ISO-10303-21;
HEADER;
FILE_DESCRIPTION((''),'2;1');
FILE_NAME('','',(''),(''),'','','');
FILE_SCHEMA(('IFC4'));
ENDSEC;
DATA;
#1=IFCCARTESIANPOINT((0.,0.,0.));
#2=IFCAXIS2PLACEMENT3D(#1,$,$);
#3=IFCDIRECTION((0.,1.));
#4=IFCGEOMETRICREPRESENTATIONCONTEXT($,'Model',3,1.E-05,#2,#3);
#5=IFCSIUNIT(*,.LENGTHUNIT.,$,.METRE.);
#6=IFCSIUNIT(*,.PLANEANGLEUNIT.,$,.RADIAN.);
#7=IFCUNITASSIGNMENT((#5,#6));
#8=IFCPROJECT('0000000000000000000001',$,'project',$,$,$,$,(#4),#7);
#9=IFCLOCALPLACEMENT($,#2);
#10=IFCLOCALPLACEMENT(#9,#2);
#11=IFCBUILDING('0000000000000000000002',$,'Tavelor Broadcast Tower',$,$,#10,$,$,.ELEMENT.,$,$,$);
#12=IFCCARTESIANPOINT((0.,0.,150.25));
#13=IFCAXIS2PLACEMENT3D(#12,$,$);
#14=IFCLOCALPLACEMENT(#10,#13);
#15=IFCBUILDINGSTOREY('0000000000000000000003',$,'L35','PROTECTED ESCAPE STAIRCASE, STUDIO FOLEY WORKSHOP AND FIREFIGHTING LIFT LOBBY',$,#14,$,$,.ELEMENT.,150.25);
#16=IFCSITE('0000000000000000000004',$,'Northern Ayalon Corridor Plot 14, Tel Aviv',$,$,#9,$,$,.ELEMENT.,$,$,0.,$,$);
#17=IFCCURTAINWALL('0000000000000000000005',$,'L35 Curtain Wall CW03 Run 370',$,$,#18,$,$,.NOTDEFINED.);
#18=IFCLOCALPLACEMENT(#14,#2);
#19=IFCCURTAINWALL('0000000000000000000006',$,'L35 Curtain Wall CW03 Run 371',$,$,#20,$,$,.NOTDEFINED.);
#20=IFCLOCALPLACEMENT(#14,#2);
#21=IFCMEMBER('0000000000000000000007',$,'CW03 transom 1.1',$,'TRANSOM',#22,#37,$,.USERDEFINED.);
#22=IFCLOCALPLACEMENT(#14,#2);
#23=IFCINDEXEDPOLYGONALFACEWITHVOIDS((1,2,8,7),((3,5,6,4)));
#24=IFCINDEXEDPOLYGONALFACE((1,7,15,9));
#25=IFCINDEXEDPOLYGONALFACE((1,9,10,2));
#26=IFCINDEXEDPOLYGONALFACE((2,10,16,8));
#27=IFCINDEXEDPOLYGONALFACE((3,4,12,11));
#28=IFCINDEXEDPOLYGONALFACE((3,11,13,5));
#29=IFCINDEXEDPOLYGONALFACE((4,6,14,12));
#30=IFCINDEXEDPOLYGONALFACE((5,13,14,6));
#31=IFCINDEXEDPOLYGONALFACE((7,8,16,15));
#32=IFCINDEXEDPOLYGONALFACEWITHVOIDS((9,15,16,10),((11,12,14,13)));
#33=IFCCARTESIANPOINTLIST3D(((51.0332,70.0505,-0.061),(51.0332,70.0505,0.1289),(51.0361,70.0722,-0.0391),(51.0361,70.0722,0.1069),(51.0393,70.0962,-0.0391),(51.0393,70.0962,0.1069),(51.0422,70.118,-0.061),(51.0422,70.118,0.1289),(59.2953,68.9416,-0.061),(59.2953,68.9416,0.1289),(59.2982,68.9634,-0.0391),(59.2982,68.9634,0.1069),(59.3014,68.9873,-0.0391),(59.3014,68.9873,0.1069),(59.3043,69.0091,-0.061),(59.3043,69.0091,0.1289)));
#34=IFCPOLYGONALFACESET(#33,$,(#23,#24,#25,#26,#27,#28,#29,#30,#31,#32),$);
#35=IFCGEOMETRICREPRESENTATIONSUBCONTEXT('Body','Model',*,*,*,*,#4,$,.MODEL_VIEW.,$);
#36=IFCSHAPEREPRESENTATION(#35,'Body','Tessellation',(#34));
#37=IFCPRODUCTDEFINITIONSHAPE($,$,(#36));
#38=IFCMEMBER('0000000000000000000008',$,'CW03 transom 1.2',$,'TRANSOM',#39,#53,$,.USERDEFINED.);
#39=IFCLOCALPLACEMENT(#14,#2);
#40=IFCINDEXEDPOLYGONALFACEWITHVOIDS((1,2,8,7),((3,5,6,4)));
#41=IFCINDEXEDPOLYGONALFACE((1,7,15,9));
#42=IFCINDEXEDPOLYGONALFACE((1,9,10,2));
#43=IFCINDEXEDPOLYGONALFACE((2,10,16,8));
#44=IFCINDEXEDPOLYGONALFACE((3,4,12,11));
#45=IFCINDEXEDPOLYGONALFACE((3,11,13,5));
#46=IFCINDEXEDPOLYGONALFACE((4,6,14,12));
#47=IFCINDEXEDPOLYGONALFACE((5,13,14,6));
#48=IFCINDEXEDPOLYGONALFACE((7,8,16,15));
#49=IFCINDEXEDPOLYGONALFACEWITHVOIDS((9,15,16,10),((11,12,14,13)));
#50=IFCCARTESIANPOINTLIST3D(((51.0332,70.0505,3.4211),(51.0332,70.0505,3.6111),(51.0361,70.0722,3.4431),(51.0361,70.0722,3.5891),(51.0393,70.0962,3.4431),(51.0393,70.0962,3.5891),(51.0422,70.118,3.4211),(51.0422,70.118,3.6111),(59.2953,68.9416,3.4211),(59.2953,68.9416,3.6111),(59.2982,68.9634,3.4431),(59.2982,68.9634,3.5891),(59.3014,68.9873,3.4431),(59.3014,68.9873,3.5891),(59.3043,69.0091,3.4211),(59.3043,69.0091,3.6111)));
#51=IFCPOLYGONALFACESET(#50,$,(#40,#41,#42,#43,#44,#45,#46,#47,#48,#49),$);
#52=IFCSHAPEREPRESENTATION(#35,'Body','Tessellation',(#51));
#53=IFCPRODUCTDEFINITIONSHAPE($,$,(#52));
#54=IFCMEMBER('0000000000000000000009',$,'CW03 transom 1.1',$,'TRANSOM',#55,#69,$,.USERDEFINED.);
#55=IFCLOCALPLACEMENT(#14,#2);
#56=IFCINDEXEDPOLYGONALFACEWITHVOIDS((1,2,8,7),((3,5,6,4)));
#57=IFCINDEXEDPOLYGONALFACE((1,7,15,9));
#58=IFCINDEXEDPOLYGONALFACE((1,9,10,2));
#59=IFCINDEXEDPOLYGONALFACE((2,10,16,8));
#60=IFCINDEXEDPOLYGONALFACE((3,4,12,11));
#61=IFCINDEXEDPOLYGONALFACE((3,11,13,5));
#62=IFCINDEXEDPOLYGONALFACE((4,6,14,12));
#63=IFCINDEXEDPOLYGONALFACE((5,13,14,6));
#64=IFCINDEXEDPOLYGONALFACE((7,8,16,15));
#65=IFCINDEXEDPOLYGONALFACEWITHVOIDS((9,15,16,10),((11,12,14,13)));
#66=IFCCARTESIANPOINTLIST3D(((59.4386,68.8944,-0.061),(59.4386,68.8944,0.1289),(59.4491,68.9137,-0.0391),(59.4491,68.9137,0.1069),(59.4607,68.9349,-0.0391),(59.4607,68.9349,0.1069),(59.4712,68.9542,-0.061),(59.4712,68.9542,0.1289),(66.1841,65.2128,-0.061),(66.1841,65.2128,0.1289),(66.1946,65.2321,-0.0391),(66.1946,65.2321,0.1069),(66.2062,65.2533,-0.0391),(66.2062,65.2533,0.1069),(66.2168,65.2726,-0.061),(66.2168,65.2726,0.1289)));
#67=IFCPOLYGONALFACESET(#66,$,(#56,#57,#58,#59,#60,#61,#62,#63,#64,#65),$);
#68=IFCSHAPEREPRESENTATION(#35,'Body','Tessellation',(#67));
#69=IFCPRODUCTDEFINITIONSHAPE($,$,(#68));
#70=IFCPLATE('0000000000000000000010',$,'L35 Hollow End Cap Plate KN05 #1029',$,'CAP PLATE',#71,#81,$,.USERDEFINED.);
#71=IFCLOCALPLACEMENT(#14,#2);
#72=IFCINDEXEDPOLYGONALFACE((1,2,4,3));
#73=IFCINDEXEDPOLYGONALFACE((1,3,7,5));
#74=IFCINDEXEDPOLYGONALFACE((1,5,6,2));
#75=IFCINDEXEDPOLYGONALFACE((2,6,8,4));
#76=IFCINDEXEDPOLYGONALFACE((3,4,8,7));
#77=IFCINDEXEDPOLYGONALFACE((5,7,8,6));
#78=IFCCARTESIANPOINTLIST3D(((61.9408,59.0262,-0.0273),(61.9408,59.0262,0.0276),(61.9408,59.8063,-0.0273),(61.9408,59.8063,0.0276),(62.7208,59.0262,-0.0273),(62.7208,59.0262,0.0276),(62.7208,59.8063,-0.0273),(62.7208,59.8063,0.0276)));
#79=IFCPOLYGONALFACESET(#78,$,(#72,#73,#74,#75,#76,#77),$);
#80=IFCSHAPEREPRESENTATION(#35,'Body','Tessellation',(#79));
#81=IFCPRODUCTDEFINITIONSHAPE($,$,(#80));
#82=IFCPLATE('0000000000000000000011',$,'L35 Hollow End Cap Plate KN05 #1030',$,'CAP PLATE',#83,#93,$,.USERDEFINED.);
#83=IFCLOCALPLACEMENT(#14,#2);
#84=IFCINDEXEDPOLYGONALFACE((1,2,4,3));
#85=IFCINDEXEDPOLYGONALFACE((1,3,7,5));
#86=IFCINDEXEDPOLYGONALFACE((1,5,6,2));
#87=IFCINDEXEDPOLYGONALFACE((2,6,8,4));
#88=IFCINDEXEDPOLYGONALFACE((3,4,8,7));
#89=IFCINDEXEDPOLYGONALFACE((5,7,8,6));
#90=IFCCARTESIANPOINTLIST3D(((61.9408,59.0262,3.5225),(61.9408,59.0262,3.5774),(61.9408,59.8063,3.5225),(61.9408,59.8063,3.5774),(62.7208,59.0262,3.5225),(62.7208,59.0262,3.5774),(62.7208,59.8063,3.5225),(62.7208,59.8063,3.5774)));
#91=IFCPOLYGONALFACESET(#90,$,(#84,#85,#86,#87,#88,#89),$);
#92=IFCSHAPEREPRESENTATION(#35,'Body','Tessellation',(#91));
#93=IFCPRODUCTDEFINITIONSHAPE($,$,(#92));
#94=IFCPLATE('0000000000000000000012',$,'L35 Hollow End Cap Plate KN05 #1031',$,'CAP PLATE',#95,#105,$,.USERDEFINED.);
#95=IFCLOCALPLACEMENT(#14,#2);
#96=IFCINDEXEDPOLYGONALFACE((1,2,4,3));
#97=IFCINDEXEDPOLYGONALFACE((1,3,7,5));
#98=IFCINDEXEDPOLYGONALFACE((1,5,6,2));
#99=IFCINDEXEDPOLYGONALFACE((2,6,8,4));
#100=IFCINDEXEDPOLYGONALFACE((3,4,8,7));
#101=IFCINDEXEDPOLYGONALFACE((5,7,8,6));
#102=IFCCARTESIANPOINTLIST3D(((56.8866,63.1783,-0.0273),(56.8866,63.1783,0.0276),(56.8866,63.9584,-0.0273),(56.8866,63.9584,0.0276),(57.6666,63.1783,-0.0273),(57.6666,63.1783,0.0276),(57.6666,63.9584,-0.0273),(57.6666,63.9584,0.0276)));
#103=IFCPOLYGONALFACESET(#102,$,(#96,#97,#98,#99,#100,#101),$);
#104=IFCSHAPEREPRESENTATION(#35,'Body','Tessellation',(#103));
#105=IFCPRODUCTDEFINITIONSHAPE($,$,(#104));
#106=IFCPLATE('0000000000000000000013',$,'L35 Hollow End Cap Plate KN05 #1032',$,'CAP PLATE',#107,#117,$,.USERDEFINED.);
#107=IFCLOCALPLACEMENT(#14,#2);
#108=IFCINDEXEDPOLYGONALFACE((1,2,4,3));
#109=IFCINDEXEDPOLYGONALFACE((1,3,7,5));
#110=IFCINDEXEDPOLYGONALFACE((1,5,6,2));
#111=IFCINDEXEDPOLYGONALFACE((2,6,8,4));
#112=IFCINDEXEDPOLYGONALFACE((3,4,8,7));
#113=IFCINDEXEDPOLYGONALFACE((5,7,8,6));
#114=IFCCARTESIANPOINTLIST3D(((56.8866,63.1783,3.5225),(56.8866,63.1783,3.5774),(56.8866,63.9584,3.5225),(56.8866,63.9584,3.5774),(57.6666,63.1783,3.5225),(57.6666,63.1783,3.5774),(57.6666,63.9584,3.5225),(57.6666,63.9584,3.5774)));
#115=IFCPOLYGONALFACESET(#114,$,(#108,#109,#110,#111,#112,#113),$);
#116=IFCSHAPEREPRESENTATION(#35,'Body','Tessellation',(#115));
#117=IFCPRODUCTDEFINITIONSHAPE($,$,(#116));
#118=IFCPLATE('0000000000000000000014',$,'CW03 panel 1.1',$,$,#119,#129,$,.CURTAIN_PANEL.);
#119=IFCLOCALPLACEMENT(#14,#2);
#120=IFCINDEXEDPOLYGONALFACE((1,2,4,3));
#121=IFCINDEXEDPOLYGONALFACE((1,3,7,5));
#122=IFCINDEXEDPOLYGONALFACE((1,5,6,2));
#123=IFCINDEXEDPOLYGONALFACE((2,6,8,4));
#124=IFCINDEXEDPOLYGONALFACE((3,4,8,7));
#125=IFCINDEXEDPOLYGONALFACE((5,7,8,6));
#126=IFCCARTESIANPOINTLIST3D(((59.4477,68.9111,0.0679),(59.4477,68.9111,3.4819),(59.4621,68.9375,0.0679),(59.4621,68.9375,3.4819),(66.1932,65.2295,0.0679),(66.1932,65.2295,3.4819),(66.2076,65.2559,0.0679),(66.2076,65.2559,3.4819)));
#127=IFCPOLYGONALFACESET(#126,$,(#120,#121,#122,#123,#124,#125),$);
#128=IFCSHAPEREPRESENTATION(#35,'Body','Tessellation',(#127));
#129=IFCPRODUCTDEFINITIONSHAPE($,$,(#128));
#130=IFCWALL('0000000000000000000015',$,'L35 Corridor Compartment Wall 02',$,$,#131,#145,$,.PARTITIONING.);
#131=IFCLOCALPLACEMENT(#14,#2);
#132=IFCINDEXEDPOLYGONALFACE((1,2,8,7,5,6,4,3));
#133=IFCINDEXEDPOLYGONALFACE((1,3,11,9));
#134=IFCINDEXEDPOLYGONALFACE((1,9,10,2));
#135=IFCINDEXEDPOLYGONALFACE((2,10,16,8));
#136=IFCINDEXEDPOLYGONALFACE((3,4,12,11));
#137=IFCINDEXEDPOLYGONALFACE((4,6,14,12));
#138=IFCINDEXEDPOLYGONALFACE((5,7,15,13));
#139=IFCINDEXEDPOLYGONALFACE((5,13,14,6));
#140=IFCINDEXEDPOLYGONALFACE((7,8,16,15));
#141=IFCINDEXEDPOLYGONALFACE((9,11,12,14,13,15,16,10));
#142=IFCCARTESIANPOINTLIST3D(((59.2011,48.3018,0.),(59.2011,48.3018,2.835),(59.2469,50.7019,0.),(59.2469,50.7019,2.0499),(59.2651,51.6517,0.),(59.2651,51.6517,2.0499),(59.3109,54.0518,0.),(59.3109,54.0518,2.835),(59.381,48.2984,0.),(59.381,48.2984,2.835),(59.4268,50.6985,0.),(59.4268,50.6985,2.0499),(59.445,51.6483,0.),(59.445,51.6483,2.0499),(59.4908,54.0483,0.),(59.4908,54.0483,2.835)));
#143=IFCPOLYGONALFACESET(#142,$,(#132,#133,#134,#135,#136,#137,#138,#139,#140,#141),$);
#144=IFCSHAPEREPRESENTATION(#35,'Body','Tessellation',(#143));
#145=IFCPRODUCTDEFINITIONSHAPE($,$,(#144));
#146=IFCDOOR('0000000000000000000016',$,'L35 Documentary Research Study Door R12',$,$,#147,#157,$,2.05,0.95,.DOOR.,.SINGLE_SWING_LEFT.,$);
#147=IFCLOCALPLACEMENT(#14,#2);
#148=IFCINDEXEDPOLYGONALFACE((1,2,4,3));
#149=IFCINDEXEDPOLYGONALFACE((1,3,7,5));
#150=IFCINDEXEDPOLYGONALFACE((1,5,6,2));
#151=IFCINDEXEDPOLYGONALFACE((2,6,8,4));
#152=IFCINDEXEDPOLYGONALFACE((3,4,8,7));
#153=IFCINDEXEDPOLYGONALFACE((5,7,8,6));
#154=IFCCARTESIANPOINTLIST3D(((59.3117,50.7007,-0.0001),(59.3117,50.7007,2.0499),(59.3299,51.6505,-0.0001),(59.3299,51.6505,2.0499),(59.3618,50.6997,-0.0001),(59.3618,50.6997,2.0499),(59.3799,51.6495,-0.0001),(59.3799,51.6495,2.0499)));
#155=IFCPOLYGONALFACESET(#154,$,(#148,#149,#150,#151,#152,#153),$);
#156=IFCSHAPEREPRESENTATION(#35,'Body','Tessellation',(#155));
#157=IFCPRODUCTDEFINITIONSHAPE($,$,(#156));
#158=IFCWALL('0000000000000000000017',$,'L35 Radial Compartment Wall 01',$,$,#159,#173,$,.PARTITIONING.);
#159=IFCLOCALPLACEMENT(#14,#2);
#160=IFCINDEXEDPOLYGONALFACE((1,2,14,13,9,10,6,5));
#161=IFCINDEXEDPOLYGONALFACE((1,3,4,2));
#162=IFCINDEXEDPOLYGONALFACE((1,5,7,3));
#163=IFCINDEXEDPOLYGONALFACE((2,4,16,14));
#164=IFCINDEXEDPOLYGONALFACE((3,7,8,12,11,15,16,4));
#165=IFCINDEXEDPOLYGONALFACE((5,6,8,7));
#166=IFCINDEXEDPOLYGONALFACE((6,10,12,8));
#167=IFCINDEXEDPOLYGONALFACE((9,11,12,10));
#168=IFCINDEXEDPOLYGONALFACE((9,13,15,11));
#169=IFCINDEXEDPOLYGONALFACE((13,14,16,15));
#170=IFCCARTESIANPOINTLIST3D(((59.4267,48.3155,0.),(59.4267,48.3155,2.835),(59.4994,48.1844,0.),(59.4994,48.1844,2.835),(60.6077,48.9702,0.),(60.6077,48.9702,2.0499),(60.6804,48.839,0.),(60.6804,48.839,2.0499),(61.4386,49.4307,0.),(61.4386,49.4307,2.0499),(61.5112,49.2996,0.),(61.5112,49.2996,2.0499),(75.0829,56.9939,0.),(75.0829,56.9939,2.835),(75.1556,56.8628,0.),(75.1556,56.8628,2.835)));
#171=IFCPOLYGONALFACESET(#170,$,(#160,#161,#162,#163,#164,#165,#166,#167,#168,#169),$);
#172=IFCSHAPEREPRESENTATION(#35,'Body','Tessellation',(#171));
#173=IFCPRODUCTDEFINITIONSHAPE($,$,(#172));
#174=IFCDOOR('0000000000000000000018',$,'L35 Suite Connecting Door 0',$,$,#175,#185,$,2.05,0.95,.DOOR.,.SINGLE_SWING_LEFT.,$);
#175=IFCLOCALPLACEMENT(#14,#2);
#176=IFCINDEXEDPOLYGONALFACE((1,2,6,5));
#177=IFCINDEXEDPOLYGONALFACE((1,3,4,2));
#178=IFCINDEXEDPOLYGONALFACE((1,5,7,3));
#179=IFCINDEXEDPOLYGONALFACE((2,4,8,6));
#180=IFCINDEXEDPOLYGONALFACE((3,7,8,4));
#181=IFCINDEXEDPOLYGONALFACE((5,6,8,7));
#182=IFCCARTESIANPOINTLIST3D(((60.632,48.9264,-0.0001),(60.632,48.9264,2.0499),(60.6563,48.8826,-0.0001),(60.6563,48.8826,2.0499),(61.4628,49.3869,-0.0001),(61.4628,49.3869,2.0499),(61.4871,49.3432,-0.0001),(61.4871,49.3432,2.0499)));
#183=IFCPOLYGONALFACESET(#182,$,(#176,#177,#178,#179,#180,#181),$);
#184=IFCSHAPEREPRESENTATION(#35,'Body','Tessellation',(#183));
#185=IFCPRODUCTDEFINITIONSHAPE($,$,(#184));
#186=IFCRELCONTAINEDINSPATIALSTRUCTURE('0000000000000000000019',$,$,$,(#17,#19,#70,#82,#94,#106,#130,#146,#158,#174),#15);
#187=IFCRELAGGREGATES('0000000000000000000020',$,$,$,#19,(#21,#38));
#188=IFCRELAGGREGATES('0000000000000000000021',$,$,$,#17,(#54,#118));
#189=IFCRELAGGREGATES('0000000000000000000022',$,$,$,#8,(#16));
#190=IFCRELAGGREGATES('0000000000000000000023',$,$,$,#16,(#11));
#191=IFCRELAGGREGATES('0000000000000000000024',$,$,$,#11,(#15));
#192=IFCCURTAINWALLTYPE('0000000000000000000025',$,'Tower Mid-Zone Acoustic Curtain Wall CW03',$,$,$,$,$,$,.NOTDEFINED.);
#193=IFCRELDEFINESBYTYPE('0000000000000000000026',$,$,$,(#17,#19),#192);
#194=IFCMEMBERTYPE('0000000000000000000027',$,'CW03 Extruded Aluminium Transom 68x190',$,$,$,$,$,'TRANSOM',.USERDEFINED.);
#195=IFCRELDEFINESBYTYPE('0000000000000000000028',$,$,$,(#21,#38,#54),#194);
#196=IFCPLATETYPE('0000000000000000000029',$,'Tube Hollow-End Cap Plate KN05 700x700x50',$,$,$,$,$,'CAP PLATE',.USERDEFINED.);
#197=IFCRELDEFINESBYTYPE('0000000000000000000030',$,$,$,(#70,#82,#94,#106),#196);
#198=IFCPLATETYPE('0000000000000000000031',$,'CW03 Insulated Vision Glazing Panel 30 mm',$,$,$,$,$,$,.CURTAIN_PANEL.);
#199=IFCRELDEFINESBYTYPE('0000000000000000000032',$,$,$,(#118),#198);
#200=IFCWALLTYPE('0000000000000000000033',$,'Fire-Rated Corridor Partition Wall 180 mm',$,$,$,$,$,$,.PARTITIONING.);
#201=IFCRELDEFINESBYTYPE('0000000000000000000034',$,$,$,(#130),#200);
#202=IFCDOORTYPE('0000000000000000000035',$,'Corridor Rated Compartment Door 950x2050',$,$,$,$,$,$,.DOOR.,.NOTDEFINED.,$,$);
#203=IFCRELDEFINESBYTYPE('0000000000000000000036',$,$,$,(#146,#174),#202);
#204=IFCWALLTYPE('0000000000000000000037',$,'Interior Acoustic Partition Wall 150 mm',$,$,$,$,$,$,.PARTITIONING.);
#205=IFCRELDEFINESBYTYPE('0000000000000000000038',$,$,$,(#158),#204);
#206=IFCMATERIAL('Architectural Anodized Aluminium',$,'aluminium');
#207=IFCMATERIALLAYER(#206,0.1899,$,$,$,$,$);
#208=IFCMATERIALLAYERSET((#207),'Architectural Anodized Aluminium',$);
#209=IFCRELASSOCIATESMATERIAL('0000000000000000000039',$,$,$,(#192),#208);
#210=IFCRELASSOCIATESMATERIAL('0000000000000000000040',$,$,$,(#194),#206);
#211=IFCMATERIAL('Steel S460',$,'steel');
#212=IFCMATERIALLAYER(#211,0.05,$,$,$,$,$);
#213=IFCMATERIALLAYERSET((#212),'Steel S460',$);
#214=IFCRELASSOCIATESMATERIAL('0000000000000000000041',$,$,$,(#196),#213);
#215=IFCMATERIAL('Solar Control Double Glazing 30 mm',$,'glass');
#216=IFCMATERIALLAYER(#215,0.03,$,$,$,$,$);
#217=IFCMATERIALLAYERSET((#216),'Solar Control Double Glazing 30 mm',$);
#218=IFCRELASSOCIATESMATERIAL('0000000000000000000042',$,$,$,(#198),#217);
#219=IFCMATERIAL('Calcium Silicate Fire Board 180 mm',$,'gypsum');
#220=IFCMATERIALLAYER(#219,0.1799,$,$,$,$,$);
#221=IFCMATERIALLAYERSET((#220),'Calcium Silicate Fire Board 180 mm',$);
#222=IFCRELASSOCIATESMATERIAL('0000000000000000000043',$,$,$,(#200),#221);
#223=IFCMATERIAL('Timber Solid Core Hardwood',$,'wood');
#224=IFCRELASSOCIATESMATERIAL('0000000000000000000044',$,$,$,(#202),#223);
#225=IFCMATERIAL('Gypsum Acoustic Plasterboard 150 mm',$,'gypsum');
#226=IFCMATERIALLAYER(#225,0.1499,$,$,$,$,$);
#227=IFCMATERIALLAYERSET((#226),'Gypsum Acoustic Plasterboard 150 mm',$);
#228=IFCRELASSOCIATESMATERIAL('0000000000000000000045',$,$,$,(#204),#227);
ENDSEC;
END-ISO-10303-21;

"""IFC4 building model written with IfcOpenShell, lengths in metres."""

from ifc_helpers import new_model, si_unit, direction, frame, frame_2d, origin, origin_2d, place, context, subcontext, project, spatial, rectangle, hollow_rectangle, extrude, source, transform, mapped, material, layer, layer_set, material_profile, profile_set, type_object, type_shapes, element, fill, aggregate, save


model = new_model("IFC4")

# Units and contexts
model_context = context("Model", 3, precision=1e-05, world=origin(), true_north=direction((0.0, 1.0)))
body_context = subcontext(model_context, "Body", "Model", "MODEL_VIEW")
ifc_project = project(units=[si_unit("LENGTHUNIT", "METRE"), si_unit("PLANEANGLEUNIT", "RADIAN")], contexts=[model_context])

# Site, building, storey
site_placement = place(None, origin())
site = spatial("IfcSite", under=ifc_project, at=site_placement, Name="Northern Ayalon Corridor Plot 14, Tel Aviv", CompositionType="ELEMENT", RefElevation=0.0)
building_placement = place(site_placement, origin())
building = spatial("IfcBuilding", under=site, at=building_placement, Name="Tavelor Broadcast Tower", CompositionType="ELEMENT")
storey_placement = place(building_placement, frame((0.0, 0.0, 150.25)))
storey = spatial("IfcBuildingStorey", under=building, at=storey_placement, Name="L35", Description="PROTECTED ESCAPE STAIRCASE, STUDIO FOLEY WORKSHOP AND FIREFIGHTING LIFT LOBBY", CompositionType="ELEMENT", Elevation=150.25)

# Shared definitions
ifc_material_1 = material(Name="Steel S460", Category="steel")

# Curtain wall
ifc_material_2 = material(Name="Architectural Anodized Aluminium", Category="aluminium")
ifc_layer_1 = layer(ifc_material_2, 0.1899)
ifc_layer_set_1 = layer_set([ifc_layer_1], Name="Architectural Anodized Aluminium")
curtain_wall_type = type_object("IfcCurtainWallType", Name="Tower Mid-Zone Acoustic Curtain Wall CW03", PredefinedType="NOTDEFINED", material=ifc_layer_set_1)
curtain_wall_1_placement = place(storey_placement, origin())
curtain_wall_1 = element("IfcCurtainWall", 1, at=curtain_wall_1_placement, inside=storey, type_object=curtain_wall_type, Name="L35 Curtain Wall CW03 Run 370", PredefinedType="NOTDEFINED")

# Curtain wall, members
curtain_wall_2_placement = place(storey_placement, origin())
curtain_wall_2 = element("IfcCurtainWall", 2, at=curtain_wall_2_placement, inside=storey, type_object=curtain_wall_type, Name="L35 Curtain Wall CW03 Run 371", PredefinedType="NOTDEFINED")
ifc_material_profile_1 = material_profile(ifc_material_2, hollow_rectangle(XDim=0.0681, YDim=0.1899, WallThickness=0.022, at=origin_2d()), Name="RHS 68x190x22")
ifc_profile_set_1 = profile_set([ifc_material_profile_1], Name="Architectural Anodized Aluminium")
member_type_1 = type_object("IfcMemberType", Name="CW03 Extruded Aluminium Transom 68x190", ElementType="TRANSOM", PredefinedType="USERDEFINED", material=ifc_profile_set_1)
shared_shape_1 = source(origin(), body_context, "Body", "SweptSolid", [
    extrude(hollow_rectangle(XDim=0.0681, YDim=0.1899, WallThickness=0.022, at=origin_2d()), origin(), (0.0, 0.0, 1.0), 8.3362),
])
member_1_placement = place(storey_placement, frame((59.2998, 68.9753, 0.0339), z_axis=(-0.991113, 0.133019, 0.0), x_axis=(-0.133019, -0.991113, 0.0)))
member_1 = element("IfcMember", 3, at=member_1_placement, type_object=member_type_1, Name="CW03 transom 1.1", ObjectType="TRANSOM", PredefinedType="USERDEFINED", context=body_context, shape_type="MappedRepresentation", body=[
    mapped(shared_shape_1, transform((0.0, 0.0, 0.0), scale=1.0)),
])
member_2_placement = place(storey_placement, frame((59.2998, 68.9753, 3.5161), z_axis=(-0.991113, 0.133019, 0.0), x_axis=(-0.133019, -0.991113, 0.0)))
member_2 = element("IfcMember", 4, at=member_2_placement, type_object=member_type_1, Name="CW03 transom 1.2", ObjectType="TRANSOM", PredefinedType="USERDEFINED", context=body_context, shape_type="MappedRepresentation", body=[
    mapped(shared_shape_1, transform((0.0, 0.0, 0.0), scale=1.0)),
])
aggregate(curtain_wall_2, [member_1, member_2])

# Member
shared_shape_2 = source(origin(), body_context, "Body", "SweptSolid", [
    extrude(hollow_rectangle(XDim=0.0681, YDim=0.1899, WallThickness=0.022, at=origin_2d()), origin(), (0.0, 0.0, 1.0), 7.6848),
])
type_shapes(member_type_1, [shared_shape_1, shared_shape_2])
member_3_placement = place(storey_placement, frame((66.2004, 65.2427, 0.0339), z_axis=(-0.877774, 0.479075, 0.0), x_axis=(-0.479075, -0.877774, 0.0)))
member_3 = element("IfcMember", 5, at=member_3_placement, type_object=member_type_1, Name="CW03 transom 1.1", ObjectType="TRANSOM", PredefinedType="USERDEFINED", context=body_context, shape_type="MappedRepresentation", body=[
    mapped(shared_shape_2, transform((0.0, 0.0, 0.0), scale=1.0)),
])

# Plates
ifc_layer_2 = layer(ifc_material_1, 0.05)
ifc_layer_set_2 = layer_set([ifc_layer_2], Name="Steel S460")
plate_type_1 = type_object("IfcPlateType", Name="Tube Hollow-End Cap Plate KN05 700x700x50", ElementType="CAP PLATE", PredefinedType="USERDEFINED", material=ifc_layer_set_2)
shared_shape_3 = source(origin(), body_context, "Body", "SweptSolid", [
    extrude(rectangle(XDim=0.78, YDim=0.78, at=origin_2d()), origin(), (0.0, 0.0, 1.0), 0.0549),
])
type_shapes(plate_type_1, [shared_shape_3])
for number, where, z_axis, x_axis, name in (
    (6, (62.3308, 59.4163, -0.0273), (0.0, 0.0, 1.0), (1.0, 0.0, 0.0), "L35 Hollow End Cap Plate KN05 #1029"),
    (7, (62.3308, 59.4163, 3.5225), (0.0, 0.0, 1.0), (1.0, 0.0, 0.0), "L35 Hollow End Cap Plate KN05 #1030"),
    (8, (57.2766, 63.5684, -0.0273), (0.0, 0.0, 1.0), (1.0, 0.0, 0.0), "L35 Hollow End Cap Plate KN05 #1031"),
    (9, (57.2766, 63.5684, 3.5225), (0.0, 0.0, 1.0), (1.0, 0.0, 0.0), "L35 Hollow End Cap Plate KN05 #1032"),
):
    element("IfcPlate", number, at=place(storey_placement, frame(where, z_axis=z_axis, x_axis=x_axis)), inside=storey, type_object=plate_type_1, Name=name, ObjectType="CAP PLATE", PredefinedType="USERDEFINED", context=body_context, shape_type="MappedRepresentation", body=[
        mapped(shared_shape_3, transform((0.0, 0.0, 0.0), scale=1.0)),
    ])

# Plate
ifc_material_3 = material(Name="Solar Control Double Glazing 30 mm", Category="glass")
ifc_layer_3 = layer(ifc_material_3, 0.03)
ifc_layer_set_3 = layer_set([ifc_layer_3], Name="Solar Control Double Glazing 30 mm")
plate_type_2 = type_object("IfcPlateType", Name="CW03 Insulated Vision Glazing Panel 30 mm", PredefinedType="CURTAIN_PANEL", material=ifc_layer_set_3)
shared_shape_4 = source(origin(), body_context, "Body", "SweptSolid", [
    extrude(rectangle(XDim=7.6848, YDim=0.03, at=origin_2d()), origin(), (0.0, 0.0, 1.0), 3.4141),
])
type_shapes(plate_type_2, [shared_shape_4])
plate_placement = place(storey_placement, frame((62.8276, 67.0835, 0.0679), z_axis=(0.0, 0.0, 1.0), x_axis=(-0.877774, 0.479074, 0.0)))
plate = element("IfcPlate", 10, at=plate_placement, type_object=plate_type_2, Name="CW03 panel 1.1", PredefinedType="CURTAIN_PANEL", context=body_context, shape_type="MappedRepresentation", body=[
    mapped(shared_shape_4, transform((0.0, 0.0, 0.0), scale=1.0)),
])
aggregate(curtain_wall_1, [member_3, plate])

# Walls, openings, doors
ifc_material_4 = material(Name="Calcium Silicate Fire Board 180 mm", Category="gypsum")
ifc_layer_4 = layer(ifc_material_4, 0.1799)
ifc_layer_set_4 = layer_set([ifc_layer_4], Name="Calcium Silicate Fire Board 180 mm")
wall_type_1 = type_object("IfcWallType", Name="Fire-Rated Corridor Partition Wall 180 mm", PredefinedType="PARTITIONING", material=ifc_layer_set_4)
wall_1_placement = place(storey_placement, frame((59.4009, 54.05, 0.0), z_axis=(0.0, 0.0, 1.0), x_axis=(-0.019103, -0.999818, 0.0)))
wall_1 = element("IfcWall", 11, at=wall_1_placement, inside=storey, type_object=wall_type_1, Name="L35 Corridor Compartment Wall 02", PredefinedType="PARTITIONING", context=body_context, shape_type="SweptSolid", body=[
    extrude(rectangle(XDim=5.751, YDim=0.1799, at=frame_2d((2.8755, 0.0))), origin(), (0.0, 0.0, 1.0), 2.835),
])
opening_1_placement = place(wall_1_placement, frame((2.4004, 0.0, 0.0)))
opening_1 = element("IfcOpeningElement", 12, at=opening_1_placement, cuts=wall_1, PredefinedType="OPENING", context=body_context, shape_type="SweptSolid", body=[
    extrude(rectangle(XDim=0.95, YDim=2.05, at=frame_2d((0.4751, 1.0249))), frame((0.0, 0.1001, 0.0), z_axis=(0.0, -1.0, 0.0), x_axis=(1.0, 0.0, 0.0)), (0.0, 0.0, 1.0), 0.2),
])
ifc_material_5 = material(Name="Timber Solid Core Hardwood", Category="wood")
door_type = type_object("IfcDoorType", Name="Corridor Rated Compartment Door 950x2050", OperationType="NOTDEFINED", PredefinedType="DOOR", material=ifc_material_5)
door_1_placement = place(opening_1_placement, origin())
door_1 = element("IfcDoor", 13, at=door_1_placement, inside=storey, type_object=door_type, Name="L35 Documentary Research Study Door R12", OperationType="SINGLE_SWING_LEFT", OverallHeight=2.05, OverallWidth=0.95, PredefinedType="DOOR", context=body_context, shape_type="SweptSolid", body=[
    extrude(rectangle(XDim=0.95, YDim=2.05, at=frame_2d((0.4751, 1.0249))), frame((0.0, 0.0249, 0.0), z_axis=(0.0, -1.0, 0.0), x_axis=(1.0, 0.0, 0.0)), (0.0, 0.0, 1.0), 0.05),
])
fill(opening_1, door_1)
ifc_material_6 = material(Name="Gypsum Acoustic Plasterboard 150 mm", Category="gypsum")
ifc_layer_5 = layer(ifc_material_6, 0.1499)
ifc_layer_set_5 = layer_set([ifc_layer_5], Name="Gypsum Acoustic Plasterboard 150 mm")
wall_type_2 = type_object("IfcWallType", Name="Interior Acoustic Partition Wall 150 mm", PredefinedType="PARTITIONING", material=ifc_layer_set_5)
wall_2_placement = place(storey_placement, frame((59.4631, 48.25, 0.0), z_axis=(0.0, 0.0, 1.0), x_axis=(0.874618, 0.484812, 0.0)))
wall_2 = element("IfcWall", 14, at=wall_2_placement, inside=storey, type_object=wall_type_2, Name="L35 Radial Compartment Wall 01", PredefinedType="PARTITIONING", context=body_context, shape_type="SweptSolid", body=[
    extrude(rectangle(XDim=17.9006, YDim=0.1499, at=frame_2d((8.9502, 0.0))), origin(), (0.0, 0.0, 1.0), 2.835),
])
opening_2_placement = place(wall_2_placement, frame((1.3501, 0.0, 0.0)))
opening_2 = element("IfcOpeningElement", 15, at=opening_2_placement, cuts=wall_2, PredefinedType="OPENING", context=body_context, shape_type="SweptSolid", body=[
    extrude(rectangle(XDim=0.95, YDim=2.05, at=frame_2d((0.4751, 1.0249))), frame((0.0, 0.085, 0.0), z_axis=(0.0, -1.0, 0.0), x_axis=(1.0, 0.0, 0.0)), (0.0, 0.0, 1.0), 0.1699),
])
door_2_placement = place(opening_2_placement, origin())
door_2 = element("IfcDoor", 16, at=door_2_placement, inside=storey, type_object=door_type, Name="L35 Suite Connecting Door 0", OperationType="SINGLE_SWING_LEFT", OverallHeight=2.05, OverallWidth=0.95, PredefinedType="DOOR", context=body_context, shape_type="SweptSolid", body=[
    extrude(rectangle(XDim=0.95, YDim=2.05, at=frame_2d((0.4751, 1.0249))), frame((0.0, 0.0249, 0.0), z_axis=(0.0, -1.0, 0.0), x_axis=(1.0, 0.0, 0.0)), (0.0, 0.0, 1.0), 0.05),
])
fill(opening_2, door_2)

save(model, "model.ifc")
